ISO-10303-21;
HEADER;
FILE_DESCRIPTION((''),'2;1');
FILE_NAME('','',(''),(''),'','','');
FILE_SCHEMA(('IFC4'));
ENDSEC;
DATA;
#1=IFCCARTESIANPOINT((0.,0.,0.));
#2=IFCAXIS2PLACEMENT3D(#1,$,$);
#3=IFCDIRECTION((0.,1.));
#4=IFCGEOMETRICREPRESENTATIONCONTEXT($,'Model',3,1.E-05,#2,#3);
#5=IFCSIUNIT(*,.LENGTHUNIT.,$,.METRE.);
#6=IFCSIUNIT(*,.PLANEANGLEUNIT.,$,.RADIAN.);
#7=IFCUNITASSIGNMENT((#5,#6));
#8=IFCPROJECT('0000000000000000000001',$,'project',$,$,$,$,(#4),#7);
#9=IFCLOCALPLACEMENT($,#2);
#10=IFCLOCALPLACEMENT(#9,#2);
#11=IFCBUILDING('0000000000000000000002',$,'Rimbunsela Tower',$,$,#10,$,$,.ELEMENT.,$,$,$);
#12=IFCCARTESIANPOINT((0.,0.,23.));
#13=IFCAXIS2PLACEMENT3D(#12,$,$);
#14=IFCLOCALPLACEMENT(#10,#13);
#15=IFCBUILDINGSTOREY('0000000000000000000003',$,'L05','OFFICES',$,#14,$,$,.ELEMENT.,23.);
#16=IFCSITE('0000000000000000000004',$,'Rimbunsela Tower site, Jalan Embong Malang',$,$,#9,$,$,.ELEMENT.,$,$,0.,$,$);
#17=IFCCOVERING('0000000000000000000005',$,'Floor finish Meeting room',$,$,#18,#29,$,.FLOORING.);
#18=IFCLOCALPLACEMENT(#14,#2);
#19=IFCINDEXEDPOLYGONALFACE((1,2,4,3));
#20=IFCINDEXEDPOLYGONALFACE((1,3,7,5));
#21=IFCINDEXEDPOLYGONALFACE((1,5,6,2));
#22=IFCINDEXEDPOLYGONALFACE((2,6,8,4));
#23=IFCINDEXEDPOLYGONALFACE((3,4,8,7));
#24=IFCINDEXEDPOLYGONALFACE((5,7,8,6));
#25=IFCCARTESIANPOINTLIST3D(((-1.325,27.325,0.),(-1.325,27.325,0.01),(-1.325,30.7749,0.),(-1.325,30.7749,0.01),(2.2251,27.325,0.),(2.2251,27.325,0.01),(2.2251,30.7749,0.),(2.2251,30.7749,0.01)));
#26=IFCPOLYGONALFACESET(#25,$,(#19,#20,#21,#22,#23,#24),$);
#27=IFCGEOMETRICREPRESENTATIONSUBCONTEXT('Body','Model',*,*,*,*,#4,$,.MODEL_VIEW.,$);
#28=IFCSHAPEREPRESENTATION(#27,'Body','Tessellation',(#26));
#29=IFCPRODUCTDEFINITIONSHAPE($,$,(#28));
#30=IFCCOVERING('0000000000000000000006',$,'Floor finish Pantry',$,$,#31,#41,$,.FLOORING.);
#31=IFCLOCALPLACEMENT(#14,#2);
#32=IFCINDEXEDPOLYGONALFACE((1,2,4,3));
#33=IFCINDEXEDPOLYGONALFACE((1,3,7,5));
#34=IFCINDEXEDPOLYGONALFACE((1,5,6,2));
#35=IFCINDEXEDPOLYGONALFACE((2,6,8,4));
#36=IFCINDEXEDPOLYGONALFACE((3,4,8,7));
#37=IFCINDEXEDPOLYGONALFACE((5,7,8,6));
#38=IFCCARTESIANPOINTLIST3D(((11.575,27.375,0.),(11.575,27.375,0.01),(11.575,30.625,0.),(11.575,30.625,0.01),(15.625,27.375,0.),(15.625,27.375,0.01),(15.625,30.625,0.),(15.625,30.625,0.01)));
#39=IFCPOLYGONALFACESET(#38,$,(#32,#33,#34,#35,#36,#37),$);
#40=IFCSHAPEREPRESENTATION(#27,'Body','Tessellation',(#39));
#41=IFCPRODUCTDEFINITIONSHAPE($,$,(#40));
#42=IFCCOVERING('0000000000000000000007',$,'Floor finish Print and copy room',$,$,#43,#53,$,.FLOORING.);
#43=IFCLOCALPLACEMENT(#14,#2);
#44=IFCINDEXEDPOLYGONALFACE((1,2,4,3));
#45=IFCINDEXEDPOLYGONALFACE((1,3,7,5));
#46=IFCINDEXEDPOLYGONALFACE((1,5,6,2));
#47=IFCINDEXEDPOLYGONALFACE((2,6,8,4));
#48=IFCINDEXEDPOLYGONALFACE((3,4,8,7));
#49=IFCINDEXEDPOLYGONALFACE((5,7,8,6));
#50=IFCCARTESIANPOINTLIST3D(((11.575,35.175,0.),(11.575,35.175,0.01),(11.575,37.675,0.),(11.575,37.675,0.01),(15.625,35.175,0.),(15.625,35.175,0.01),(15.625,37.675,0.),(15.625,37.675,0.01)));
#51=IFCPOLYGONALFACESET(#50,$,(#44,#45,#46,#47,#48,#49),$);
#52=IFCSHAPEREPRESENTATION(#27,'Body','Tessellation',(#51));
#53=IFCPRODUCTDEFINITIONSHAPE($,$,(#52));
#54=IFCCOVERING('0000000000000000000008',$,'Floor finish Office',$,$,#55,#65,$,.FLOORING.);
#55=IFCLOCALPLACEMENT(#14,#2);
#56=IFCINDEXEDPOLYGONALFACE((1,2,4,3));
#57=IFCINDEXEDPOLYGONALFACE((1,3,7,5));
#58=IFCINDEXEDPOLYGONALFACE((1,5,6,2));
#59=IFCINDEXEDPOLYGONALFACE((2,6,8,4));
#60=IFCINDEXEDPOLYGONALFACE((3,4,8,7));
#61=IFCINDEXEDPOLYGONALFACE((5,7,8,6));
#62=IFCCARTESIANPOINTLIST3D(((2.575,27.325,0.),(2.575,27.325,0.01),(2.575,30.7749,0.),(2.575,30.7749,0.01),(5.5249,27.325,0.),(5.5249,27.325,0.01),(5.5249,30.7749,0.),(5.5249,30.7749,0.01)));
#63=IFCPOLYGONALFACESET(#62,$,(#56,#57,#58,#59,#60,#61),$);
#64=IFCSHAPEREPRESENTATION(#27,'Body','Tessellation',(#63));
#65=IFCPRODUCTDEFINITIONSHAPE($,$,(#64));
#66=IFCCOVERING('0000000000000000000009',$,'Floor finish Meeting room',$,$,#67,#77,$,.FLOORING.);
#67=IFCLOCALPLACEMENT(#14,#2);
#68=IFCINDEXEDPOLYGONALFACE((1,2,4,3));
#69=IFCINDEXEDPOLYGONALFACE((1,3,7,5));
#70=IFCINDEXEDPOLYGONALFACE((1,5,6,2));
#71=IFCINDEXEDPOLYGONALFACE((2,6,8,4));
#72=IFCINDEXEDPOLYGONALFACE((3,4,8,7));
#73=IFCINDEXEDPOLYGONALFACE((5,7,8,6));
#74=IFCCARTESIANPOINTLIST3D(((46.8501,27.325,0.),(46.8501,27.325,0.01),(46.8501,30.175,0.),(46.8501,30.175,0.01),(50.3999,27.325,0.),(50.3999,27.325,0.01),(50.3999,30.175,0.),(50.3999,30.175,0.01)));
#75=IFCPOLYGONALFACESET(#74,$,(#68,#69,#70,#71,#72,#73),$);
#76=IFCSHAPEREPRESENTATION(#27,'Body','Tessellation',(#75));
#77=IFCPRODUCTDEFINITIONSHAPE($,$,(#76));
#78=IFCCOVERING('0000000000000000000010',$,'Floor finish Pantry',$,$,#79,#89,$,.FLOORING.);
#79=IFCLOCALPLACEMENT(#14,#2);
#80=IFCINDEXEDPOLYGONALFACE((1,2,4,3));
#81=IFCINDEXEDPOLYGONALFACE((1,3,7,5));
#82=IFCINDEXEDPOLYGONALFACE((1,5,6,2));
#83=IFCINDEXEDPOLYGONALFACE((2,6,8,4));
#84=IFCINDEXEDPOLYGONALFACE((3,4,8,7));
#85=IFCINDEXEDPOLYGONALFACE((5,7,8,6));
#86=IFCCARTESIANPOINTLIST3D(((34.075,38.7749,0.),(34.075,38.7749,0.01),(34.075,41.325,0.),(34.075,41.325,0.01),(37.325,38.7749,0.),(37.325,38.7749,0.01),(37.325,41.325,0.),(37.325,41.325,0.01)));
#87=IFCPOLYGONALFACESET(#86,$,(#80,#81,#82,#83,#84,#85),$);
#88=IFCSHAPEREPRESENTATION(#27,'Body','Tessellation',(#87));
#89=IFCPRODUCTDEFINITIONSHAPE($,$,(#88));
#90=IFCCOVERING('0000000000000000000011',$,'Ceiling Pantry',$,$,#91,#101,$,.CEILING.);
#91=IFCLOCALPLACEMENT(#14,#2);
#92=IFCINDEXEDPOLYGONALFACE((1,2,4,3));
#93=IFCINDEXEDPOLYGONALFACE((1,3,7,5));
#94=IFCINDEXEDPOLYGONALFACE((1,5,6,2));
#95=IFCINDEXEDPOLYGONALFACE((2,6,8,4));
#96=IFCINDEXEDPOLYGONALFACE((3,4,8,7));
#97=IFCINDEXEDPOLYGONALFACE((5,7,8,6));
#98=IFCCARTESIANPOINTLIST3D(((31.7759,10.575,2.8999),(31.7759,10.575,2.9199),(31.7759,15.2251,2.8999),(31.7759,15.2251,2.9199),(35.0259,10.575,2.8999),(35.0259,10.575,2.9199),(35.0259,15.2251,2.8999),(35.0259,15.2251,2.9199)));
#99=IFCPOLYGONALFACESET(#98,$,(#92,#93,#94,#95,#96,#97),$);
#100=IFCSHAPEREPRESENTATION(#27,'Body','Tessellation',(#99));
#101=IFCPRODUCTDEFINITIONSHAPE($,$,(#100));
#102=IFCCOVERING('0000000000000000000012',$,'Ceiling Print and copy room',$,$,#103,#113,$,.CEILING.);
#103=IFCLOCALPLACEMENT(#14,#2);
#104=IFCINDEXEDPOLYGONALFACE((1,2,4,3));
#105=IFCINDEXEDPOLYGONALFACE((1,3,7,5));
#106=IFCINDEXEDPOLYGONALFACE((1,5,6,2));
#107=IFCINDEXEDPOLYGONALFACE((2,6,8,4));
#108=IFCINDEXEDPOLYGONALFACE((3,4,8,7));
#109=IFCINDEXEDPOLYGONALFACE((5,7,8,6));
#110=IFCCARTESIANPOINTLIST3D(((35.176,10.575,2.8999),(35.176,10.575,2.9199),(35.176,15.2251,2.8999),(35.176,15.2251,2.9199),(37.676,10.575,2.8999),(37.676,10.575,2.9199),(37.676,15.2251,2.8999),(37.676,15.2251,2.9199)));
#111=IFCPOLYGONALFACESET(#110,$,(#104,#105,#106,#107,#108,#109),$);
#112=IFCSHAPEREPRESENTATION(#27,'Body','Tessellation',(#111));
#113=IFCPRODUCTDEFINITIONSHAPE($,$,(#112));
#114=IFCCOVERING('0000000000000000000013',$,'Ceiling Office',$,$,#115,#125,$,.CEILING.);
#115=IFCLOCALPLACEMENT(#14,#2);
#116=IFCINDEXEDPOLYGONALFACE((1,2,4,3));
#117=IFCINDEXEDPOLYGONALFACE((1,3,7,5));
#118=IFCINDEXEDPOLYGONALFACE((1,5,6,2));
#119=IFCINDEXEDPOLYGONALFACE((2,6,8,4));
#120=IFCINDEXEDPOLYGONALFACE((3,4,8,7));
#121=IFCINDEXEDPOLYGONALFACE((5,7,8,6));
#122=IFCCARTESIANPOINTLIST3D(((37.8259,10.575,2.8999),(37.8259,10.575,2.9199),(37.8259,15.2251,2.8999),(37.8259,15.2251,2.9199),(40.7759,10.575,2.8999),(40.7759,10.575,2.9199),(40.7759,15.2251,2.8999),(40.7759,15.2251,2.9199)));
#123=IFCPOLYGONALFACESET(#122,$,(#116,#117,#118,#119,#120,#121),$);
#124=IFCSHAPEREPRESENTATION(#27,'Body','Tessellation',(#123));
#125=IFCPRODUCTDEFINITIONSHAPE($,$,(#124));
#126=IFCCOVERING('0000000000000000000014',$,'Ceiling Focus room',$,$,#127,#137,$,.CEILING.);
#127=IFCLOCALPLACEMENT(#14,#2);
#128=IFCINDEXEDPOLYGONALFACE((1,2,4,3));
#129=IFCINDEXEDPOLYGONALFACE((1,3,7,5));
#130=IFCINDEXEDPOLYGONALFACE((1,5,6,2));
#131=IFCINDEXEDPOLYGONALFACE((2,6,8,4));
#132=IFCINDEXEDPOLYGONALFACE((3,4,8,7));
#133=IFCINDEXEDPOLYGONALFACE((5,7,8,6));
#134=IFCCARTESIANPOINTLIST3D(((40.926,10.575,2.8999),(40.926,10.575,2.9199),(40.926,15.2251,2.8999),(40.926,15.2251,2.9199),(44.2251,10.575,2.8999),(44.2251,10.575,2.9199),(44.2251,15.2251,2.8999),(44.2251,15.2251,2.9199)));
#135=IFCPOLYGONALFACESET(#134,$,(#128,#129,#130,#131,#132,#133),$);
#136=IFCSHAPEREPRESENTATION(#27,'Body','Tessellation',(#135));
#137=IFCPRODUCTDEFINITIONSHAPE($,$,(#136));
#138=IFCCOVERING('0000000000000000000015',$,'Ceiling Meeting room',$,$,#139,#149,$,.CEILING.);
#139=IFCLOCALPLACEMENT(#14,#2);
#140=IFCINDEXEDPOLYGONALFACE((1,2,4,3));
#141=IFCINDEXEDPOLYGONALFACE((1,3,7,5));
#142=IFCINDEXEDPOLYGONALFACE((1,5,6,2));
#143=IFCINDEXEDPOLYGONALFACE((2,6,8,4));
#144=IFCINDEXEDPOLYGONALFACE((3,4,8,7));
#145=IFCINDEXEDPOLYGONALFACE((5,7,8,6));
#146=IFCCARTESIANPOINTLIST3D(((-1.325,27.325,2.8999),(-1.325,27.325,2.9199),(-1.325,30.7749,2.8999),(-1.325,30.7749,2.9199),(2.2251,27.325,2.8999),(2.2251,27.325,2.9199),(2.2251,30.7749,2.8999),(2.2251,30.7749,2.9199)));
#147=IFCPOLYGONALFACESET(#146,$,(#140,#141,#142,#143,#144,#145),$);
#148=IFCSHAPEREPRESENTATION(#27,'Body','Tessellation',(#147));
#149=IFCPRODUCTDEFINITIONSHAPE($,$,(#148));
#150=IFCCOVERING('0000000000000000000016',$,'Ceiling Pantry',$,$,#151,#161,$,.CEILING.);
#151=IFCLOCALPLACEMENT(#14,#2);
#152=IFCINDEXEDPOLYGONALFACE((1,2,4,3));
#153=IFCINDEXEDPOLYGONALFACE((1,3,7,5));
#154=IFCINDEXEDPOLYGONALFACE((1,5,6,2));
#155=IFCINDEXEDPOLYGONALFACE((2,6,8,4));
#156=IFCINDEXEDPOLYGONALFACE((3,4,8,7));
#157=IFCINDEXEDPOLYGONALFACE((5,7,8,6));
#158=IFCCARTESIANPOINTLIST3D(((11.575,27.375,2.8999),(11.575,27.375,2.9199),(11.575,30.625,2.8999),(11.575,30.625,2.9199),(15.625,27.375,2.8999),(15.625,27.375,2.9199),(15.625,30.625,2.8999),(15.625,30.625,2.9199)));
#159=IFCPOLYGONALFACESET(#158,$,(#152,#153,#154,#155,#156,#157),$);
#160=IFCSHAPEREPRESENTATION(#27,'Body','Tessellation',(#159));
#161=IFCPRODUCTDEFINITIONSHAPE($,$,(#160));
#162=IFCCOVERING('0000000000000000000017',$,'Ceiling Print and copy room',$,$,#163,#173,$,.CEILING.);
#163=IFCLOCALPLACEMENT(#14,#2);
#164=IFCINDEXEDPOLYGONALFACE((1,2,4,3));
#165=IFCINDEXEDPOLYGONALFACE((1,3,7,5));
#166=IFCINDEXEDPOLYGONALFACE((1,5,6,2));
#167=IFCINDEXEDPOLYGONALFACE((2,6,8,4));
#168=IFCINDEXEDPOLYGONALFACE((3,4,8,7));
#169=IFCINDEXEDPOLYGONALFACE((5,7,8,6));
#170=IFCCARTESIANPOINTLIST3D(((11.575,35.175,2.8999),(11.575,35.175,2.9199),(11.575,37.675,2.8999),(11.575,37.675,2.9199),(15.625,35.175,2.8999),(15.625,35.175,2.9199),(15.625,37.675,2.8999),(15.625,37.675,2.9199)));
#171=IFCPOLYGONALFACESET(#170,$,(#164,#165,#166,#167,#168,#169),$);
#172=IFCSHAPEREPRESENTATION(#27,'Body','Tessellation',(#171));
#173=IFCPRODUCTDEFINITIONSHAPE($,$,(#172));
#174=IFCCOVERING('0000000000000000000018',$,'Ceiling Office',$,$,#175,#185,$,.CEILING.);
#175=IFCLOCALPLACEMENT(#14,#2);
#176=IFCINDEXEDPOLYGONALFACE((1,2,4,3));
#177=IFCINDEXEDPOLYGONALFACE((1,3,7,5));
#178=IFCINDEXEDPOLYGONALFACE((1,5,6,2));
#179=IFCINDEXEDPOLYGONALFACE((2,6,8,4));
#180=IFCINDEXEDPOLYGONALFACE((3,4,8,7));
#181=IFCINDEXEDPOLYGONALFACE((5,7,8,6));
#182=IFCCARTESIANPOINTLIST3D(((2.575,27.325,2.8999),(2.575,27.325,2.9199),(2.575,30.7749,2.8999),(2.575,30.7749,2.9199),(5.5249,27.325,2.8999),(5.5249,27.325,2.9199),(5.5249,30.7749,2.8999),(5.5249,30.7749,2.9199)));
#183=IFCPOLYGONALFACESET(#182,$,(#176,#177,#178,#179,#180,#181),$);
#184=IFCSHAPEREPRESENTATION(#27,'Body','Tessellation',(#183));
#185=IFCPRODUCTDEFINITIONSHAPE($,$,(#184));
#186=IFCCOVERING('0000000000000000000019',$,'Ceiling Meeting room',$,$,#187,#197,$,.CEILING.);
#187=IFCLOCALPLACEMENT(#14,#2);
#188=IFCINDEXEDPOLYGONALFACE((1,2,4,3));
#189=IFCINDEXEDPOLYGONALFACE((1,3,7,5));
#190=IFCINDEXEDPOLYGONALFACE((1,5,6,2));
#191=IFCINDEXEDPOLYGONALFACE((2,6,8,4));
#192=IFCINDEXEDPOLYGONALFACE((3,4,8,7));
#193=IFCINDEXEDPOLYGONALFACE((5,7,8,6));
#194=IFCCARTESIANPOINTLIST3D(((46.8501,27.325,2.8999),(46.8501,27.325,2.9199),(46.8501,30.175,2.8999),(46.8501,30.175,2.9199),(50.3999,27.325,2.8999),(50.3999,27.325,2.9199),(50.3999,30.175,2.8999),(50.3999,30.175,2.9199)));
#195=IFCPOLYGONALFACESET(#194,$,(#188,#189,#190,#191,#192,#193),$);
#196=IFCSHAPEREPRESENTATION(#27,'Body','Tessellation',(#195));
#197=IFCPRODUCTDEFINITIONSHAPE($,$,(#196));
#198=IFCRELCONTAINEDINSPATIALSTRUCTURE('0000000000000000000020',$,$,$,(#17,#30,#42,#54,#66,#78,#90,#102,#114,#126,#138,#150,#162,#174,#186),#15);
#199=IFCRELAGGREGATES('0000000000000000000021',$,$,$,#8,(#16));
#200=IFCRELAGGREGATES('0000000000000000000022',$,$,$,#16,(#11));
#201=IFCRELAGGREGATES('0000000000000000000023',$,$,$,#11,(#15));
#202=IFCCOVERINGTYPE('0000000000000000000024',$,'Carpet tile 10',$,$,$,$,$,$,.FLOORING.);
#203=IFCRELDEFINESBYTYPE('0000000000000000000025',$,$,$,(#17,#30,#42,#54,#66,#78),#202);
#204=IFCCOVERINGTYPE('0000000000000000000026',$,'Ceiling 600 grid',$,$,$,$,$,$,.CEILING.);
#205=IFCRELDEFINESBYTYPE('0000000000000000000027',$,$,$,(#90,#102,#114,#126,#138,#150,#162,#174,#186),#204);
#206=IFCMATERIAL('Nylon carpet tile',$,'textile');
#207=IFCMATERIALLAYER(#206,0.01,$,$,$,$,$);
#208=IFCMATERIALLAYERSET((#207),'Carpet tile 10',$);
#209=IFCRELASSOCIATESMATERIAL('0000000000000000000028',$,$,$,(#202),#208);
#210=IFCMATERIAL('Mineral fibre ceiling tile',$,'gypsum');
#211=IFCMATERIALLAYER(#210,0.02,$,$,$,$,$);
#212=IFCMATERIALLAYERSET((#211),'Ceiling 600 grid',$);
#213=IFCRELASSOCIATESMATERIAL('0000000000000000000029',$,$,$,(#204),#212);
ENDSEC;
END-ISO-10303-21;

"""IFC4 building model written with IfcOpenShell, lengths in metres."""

from ifc_helpers import new_model, si_unit, direction, frame, origin, place, context, subcontext, project, spatial, polyline, outline, extrude, material, layer, layer_set, type_object, element, save


model = new_model("IFC4")

# Units and contexts
model_context = context("Model", 3, precision=1e-05, world=origin(), true_north=direction((0.0, 1.0)))
body_context = subcontext(model_context, "Body", "Model", "MODEL_VIEW")
ifc_project = project(units=[si_unit("LENGTHUNIT", "METRE"), si_unit("PLANEANGLEUNIT", "RADIAN")], contexts=[model_context])

# Site, building, storey
site_placement = place(None, origin())
site = spatial("IfcSite", under=ifc_project, at=site_placement, Name="Rimbunsela Tower site, Jalan Embong Malang", CompositionType="ELEMENT", RefElevation=0.0)
building_placement = place(site_placement, origin())
building = spatial("IfcBuilding", under=site, at=building_placement, Name="Rimbunsela Tower", CompositionType="ELEMENT")
storey_placement = place(building_placement, frame((0.0, 0.0, 23.0)))
storey = spatial("IfcBuildingStorey", under=building, at=storey_placement, Name="L05", Description="OFFICES", CompositionType="ELEMENT", Elevation=23.0)

# Coverings
ifc_material_1 = material(Name="Nylon carpet tile", Category="textile")
ifc_layer_1 = layer(ifc_material_1, 0.01)
ifc_layer_set_1 = layer_set([ifc_layer_1], Name="Carpet tile 10")
covering_type_1 = type_object("IfcCoveringType", Name="Carpet tile 10", PredefinedType="FLOORING", material=ifc_layer_set_1)
covering_1_placement = place(storey_placement, origin())
element("IfcCovering", 1, at=covering_1_placement, inside=storey, type_object=covering_type_1, Name="Floor finish Meeting room", PredefinedType="FLOORING", context=body_context, shape_type="SweptSolid", body=[
    extrude(outline(polyline([(2.2251, 27.325), (2.2251, 30.7749), (-1.325, 30.7749), (-1.325, 27.325), (2.2251, 27.325)])), origin(), (0.0, 0.0, 1.0), 0.01),
])
covering_2_placement = place(storey_placement, origin())
element("IfcCovering", 2, at=covering_2_placement, inside=storey, type_object=covering_type_1, Name="Floor finish Pantry", PredefinedType="FLOORING", context=body_context, shape_type="SweptSolid", body=[
    extrude(outline(polyline([(15.625, 27.375), (15.625, 30.625), (11.575, 30.625), (11.575, 27.375), (15.625, 27.375)])), origin(), (0.0, 0.0, 1.0), 0.01),
])
covering_3_placement = place(storey_placement, origin())
element("IfcCovering", 3, at=covering_3_placement, inside=storey, type_object=covering_type_1, Name="Floor finish Print and copy room", PredefinedType="FLOORING", context=body_context, shape_type="SweptSolid", body=[
    extrude(outline(polyline([(15.625, 35.175), (15.625, 37.675), (11.575, 37.675), (11.575, 35.175), (15.625, 35.175)])), origin(), (0.0, 0.0, 1.0), 0.01),
])
covering_4_placement = place(storey_placement, origin())
element("IfcCovering", 4, at=covering_4_placement, inside=storey, type_object=covering_type_1, Name="Floor finish Office", PredefinedType="FLOORING", context=body_context, shape_type="SweptSolid", body=[
    extrude(outline(polyline([(5.5249, 27.325), (5.5249, 30.7749), (2.575, 30.7749), (2.575, 27.325), (5.5249, 27.325)])), origin(), (0.0, 0.0, 1.0), 0.01),
])
covering_5_placement = place(storey_placement, origin())
element("IfcCovering", 5, at=covering_5_placement, inside=storey, type_object=covering_type_1, Name="Floor finish Meeting room", PredefinedType="FLOORING", context=body_context, shape_type="SweptSolid", body=[
    extrude(outline(polyline([(50.3999, 27.325), (50.3999, 30.175), (46.8501, 30.175), (46.8501, 27.325), (50.3999, 27.325)])), origin(), (0.0, 0.0, 1.0), 0.01),
])
covering_6_placement = place(storey_placement, origin())
element("IfcCovering", 6, at=covering_6_placement, inside=storey, type_object=covering_type_1, Name="Floor finish Pantry", PredefinedType="FLOORING", context=body_context, shape_type="SweptSolid", body=[
    extrude(outline(polyline([(37.325, 38.7749), (37.325, 41.325), (34.075, 41.325), (34.075, 38.7749), (37.325, 38.7749)])), origin(), (0.0, 0.0, 1.0), 0.01),
])
ifc_material_2 = material(Name="Mineral fibre ceiling tile", Category="gypsum")
ifc_layer_2 = layer(ifc_material_2, 0.02)
ifc_layer_set_2 = layer_set([ifc_layer_2], Name="Ceiling 600 grid")
covering_type_2 = type_object("IfcCoveringType", Name="Ceiling 600 grid", PredefinedType="CEILING", material=ifc_layer_set_2)
covering_7_placement = place(storey_placement, frame((0.0, 0.0, 2.8999)))
element("IfcCovering", 7, at=covering_7_placement, inside=storey, type_object=covering_type_2, Name="Ceiling Pantry", PredefinedType="CEILING", context=body_context, shape_type="SweptSolid", body=[
    extrude(outline(polyline([(35.0259, 10.575), (35.0259, 15.2251), (31.7759, 15.2251), (31.7759, 10.575), (35.0259, 10.575)])), origin(), (0.0, 0.0, 1.0), 0.02),
])
covering_8_placement = place(storey_placement, frame((0.0, 0.0, 2.8999)))
element("IfcCovering", 8, at=covering_8_placement, inside=storey, type_object=covering_type_2, Name="Ceiling Print and copy room", PredefinedType="CEILING", context=body_context, shape_type="SweptSolid", body=[
    extrude(outline(polyline([(37.676, 10.575), (37.676, 15.2251), (35.176, 15.2251), (35.176, 10.575), (37.676, 10.575)])), origin(), (0.0, 0.0, 1.0), 0.02),
])
covering_9_placement = place(storey_placement, frame((0.0, 0.0, 2.8999)))
element("IfcCovering", 9, at=covering_9_placement, inside=storey, type_object=covering_type_2, Name="Ceiling Office", PredefinedType="CEILING", context=body_context, shape_type="SweptSolid", body=[
    extrude(outline(polyline([(40.7759, 10.575), (40.7759, 15.2251), (37.8259, 15.2251), (37.8259, 10.575), (40.7759, 10.575)])), origin(), (0.0, 0.0, 1.0), 0.02),
])
covering_10_placement = place(storey_placement, frame((0.0, 0.0, 2.8999)))
element("IfcCovering", 10, at=covering_10_placement, inside=storey, type_object=covering_type_2, Name="Ceiling Focus room", PredefinedType="CEILING", context=body_context, shape_type="SweptSolid", body=[
    extrude(outline(polyline([(44.2251, 10.575), (44.2251, 15.2251), (40.926, 15.2251), (40.926, 10.575), (44.2251, 10.575)])), origin(), (0.0, 0.0, 1.0), 0.02),
])
covering_11_placement = place(storey_placement, frame((0.0, 0.0, 2.8999)))
element("IfcCovering", 11, at=covering_11_placement, inside=storey, type_object=covering_type_2, Name="Ceiling Meeting room", PredefinedType="CEILING", context=body_context, shape_type="SweptSolid", body=[
    extrude(outline(polyline([(2.2251, 27.325), (2.2251, 30.7749), (-1.325, 30.7749), (-1.325, 27.325), (2.2251, 27.325)])), origin(), (0.0, 0.0, 1.0), 0.02),
])
covering_12_placement = place(storey_placement, frame((0.0, 0.0, 2.8999)))
element("IfcCovering", 12, at=covering_12_placement, inside=storey, type_object=covering_type_2, Name="Ceiling Pantry", PredefinedType="CEILING", context=body_context, shape_type="SweptSolid", body=[
    extrude(outline(polyline([(15.625, 27.375), (15.625, 30.625), (11.575, 30.625), (11.575, 27.375), (15.625, 27.375)])), origin(), (0.0, 0.0, 1.0), 0.02),
])
covering_13_placement = place(storey_placement, frame((0.0, 0.0, 2.8999)))
element("IfcCovering", 13, at=covering_13_placement, inside=storey, type_object=covering_type_2, Name="Ceiling Print and copy room", PredefinedType="CEILING", context=body_context, shape_type="SweptSolid", body=[
    extrude(outline(polyline([(15.625, 35.175), (15.625, 37.675), (11.575, 37.675), (11.575, 35.175), (15.625, 35.175)])), origin(), (0.0, 0.0, 1.0), 0.02),
])
covering_14_placement = place(storey_placement, frame((0.0, 0.0, 2.8999)))
element("IfcCovering", 14, at=covering_14_placement, inside=storey, type_object=covering_type_2, Name="Ceiling Office", PredefinedType="CEILING", context=body_context, shape_type="SweptSolid", body=[
    extrude(outline(polyline([(5.5249, 27.325), (5.5249, 30.7749), (2.575, 30.7749), (2.575, 27.325), (5.5249, 27.325)])), origin(), (0.0, 0.0, 1.0), 0.02),
])
covering_15_placement = place(storey_placement, frame((0.0, 0.0, 2.8999)))
element("IfcCovering", 15, at=covering_15_placement, inside=storey, type_object=covering_type_2, Name="Ceiling Meeting room", PredefinedType="CEILING", context=body_context, shape_type="SweptSolid", body=[
    extrude(outline(polyline([(50.3999, 27.325), (50.3999, 30.175), (46.8501, 30.175), (46.8501, 27.325), (50.3999, 27.325)])), origin(), (0.0, 0.0, 1.0), 0.02),
])

save(model, "model.ifc")
